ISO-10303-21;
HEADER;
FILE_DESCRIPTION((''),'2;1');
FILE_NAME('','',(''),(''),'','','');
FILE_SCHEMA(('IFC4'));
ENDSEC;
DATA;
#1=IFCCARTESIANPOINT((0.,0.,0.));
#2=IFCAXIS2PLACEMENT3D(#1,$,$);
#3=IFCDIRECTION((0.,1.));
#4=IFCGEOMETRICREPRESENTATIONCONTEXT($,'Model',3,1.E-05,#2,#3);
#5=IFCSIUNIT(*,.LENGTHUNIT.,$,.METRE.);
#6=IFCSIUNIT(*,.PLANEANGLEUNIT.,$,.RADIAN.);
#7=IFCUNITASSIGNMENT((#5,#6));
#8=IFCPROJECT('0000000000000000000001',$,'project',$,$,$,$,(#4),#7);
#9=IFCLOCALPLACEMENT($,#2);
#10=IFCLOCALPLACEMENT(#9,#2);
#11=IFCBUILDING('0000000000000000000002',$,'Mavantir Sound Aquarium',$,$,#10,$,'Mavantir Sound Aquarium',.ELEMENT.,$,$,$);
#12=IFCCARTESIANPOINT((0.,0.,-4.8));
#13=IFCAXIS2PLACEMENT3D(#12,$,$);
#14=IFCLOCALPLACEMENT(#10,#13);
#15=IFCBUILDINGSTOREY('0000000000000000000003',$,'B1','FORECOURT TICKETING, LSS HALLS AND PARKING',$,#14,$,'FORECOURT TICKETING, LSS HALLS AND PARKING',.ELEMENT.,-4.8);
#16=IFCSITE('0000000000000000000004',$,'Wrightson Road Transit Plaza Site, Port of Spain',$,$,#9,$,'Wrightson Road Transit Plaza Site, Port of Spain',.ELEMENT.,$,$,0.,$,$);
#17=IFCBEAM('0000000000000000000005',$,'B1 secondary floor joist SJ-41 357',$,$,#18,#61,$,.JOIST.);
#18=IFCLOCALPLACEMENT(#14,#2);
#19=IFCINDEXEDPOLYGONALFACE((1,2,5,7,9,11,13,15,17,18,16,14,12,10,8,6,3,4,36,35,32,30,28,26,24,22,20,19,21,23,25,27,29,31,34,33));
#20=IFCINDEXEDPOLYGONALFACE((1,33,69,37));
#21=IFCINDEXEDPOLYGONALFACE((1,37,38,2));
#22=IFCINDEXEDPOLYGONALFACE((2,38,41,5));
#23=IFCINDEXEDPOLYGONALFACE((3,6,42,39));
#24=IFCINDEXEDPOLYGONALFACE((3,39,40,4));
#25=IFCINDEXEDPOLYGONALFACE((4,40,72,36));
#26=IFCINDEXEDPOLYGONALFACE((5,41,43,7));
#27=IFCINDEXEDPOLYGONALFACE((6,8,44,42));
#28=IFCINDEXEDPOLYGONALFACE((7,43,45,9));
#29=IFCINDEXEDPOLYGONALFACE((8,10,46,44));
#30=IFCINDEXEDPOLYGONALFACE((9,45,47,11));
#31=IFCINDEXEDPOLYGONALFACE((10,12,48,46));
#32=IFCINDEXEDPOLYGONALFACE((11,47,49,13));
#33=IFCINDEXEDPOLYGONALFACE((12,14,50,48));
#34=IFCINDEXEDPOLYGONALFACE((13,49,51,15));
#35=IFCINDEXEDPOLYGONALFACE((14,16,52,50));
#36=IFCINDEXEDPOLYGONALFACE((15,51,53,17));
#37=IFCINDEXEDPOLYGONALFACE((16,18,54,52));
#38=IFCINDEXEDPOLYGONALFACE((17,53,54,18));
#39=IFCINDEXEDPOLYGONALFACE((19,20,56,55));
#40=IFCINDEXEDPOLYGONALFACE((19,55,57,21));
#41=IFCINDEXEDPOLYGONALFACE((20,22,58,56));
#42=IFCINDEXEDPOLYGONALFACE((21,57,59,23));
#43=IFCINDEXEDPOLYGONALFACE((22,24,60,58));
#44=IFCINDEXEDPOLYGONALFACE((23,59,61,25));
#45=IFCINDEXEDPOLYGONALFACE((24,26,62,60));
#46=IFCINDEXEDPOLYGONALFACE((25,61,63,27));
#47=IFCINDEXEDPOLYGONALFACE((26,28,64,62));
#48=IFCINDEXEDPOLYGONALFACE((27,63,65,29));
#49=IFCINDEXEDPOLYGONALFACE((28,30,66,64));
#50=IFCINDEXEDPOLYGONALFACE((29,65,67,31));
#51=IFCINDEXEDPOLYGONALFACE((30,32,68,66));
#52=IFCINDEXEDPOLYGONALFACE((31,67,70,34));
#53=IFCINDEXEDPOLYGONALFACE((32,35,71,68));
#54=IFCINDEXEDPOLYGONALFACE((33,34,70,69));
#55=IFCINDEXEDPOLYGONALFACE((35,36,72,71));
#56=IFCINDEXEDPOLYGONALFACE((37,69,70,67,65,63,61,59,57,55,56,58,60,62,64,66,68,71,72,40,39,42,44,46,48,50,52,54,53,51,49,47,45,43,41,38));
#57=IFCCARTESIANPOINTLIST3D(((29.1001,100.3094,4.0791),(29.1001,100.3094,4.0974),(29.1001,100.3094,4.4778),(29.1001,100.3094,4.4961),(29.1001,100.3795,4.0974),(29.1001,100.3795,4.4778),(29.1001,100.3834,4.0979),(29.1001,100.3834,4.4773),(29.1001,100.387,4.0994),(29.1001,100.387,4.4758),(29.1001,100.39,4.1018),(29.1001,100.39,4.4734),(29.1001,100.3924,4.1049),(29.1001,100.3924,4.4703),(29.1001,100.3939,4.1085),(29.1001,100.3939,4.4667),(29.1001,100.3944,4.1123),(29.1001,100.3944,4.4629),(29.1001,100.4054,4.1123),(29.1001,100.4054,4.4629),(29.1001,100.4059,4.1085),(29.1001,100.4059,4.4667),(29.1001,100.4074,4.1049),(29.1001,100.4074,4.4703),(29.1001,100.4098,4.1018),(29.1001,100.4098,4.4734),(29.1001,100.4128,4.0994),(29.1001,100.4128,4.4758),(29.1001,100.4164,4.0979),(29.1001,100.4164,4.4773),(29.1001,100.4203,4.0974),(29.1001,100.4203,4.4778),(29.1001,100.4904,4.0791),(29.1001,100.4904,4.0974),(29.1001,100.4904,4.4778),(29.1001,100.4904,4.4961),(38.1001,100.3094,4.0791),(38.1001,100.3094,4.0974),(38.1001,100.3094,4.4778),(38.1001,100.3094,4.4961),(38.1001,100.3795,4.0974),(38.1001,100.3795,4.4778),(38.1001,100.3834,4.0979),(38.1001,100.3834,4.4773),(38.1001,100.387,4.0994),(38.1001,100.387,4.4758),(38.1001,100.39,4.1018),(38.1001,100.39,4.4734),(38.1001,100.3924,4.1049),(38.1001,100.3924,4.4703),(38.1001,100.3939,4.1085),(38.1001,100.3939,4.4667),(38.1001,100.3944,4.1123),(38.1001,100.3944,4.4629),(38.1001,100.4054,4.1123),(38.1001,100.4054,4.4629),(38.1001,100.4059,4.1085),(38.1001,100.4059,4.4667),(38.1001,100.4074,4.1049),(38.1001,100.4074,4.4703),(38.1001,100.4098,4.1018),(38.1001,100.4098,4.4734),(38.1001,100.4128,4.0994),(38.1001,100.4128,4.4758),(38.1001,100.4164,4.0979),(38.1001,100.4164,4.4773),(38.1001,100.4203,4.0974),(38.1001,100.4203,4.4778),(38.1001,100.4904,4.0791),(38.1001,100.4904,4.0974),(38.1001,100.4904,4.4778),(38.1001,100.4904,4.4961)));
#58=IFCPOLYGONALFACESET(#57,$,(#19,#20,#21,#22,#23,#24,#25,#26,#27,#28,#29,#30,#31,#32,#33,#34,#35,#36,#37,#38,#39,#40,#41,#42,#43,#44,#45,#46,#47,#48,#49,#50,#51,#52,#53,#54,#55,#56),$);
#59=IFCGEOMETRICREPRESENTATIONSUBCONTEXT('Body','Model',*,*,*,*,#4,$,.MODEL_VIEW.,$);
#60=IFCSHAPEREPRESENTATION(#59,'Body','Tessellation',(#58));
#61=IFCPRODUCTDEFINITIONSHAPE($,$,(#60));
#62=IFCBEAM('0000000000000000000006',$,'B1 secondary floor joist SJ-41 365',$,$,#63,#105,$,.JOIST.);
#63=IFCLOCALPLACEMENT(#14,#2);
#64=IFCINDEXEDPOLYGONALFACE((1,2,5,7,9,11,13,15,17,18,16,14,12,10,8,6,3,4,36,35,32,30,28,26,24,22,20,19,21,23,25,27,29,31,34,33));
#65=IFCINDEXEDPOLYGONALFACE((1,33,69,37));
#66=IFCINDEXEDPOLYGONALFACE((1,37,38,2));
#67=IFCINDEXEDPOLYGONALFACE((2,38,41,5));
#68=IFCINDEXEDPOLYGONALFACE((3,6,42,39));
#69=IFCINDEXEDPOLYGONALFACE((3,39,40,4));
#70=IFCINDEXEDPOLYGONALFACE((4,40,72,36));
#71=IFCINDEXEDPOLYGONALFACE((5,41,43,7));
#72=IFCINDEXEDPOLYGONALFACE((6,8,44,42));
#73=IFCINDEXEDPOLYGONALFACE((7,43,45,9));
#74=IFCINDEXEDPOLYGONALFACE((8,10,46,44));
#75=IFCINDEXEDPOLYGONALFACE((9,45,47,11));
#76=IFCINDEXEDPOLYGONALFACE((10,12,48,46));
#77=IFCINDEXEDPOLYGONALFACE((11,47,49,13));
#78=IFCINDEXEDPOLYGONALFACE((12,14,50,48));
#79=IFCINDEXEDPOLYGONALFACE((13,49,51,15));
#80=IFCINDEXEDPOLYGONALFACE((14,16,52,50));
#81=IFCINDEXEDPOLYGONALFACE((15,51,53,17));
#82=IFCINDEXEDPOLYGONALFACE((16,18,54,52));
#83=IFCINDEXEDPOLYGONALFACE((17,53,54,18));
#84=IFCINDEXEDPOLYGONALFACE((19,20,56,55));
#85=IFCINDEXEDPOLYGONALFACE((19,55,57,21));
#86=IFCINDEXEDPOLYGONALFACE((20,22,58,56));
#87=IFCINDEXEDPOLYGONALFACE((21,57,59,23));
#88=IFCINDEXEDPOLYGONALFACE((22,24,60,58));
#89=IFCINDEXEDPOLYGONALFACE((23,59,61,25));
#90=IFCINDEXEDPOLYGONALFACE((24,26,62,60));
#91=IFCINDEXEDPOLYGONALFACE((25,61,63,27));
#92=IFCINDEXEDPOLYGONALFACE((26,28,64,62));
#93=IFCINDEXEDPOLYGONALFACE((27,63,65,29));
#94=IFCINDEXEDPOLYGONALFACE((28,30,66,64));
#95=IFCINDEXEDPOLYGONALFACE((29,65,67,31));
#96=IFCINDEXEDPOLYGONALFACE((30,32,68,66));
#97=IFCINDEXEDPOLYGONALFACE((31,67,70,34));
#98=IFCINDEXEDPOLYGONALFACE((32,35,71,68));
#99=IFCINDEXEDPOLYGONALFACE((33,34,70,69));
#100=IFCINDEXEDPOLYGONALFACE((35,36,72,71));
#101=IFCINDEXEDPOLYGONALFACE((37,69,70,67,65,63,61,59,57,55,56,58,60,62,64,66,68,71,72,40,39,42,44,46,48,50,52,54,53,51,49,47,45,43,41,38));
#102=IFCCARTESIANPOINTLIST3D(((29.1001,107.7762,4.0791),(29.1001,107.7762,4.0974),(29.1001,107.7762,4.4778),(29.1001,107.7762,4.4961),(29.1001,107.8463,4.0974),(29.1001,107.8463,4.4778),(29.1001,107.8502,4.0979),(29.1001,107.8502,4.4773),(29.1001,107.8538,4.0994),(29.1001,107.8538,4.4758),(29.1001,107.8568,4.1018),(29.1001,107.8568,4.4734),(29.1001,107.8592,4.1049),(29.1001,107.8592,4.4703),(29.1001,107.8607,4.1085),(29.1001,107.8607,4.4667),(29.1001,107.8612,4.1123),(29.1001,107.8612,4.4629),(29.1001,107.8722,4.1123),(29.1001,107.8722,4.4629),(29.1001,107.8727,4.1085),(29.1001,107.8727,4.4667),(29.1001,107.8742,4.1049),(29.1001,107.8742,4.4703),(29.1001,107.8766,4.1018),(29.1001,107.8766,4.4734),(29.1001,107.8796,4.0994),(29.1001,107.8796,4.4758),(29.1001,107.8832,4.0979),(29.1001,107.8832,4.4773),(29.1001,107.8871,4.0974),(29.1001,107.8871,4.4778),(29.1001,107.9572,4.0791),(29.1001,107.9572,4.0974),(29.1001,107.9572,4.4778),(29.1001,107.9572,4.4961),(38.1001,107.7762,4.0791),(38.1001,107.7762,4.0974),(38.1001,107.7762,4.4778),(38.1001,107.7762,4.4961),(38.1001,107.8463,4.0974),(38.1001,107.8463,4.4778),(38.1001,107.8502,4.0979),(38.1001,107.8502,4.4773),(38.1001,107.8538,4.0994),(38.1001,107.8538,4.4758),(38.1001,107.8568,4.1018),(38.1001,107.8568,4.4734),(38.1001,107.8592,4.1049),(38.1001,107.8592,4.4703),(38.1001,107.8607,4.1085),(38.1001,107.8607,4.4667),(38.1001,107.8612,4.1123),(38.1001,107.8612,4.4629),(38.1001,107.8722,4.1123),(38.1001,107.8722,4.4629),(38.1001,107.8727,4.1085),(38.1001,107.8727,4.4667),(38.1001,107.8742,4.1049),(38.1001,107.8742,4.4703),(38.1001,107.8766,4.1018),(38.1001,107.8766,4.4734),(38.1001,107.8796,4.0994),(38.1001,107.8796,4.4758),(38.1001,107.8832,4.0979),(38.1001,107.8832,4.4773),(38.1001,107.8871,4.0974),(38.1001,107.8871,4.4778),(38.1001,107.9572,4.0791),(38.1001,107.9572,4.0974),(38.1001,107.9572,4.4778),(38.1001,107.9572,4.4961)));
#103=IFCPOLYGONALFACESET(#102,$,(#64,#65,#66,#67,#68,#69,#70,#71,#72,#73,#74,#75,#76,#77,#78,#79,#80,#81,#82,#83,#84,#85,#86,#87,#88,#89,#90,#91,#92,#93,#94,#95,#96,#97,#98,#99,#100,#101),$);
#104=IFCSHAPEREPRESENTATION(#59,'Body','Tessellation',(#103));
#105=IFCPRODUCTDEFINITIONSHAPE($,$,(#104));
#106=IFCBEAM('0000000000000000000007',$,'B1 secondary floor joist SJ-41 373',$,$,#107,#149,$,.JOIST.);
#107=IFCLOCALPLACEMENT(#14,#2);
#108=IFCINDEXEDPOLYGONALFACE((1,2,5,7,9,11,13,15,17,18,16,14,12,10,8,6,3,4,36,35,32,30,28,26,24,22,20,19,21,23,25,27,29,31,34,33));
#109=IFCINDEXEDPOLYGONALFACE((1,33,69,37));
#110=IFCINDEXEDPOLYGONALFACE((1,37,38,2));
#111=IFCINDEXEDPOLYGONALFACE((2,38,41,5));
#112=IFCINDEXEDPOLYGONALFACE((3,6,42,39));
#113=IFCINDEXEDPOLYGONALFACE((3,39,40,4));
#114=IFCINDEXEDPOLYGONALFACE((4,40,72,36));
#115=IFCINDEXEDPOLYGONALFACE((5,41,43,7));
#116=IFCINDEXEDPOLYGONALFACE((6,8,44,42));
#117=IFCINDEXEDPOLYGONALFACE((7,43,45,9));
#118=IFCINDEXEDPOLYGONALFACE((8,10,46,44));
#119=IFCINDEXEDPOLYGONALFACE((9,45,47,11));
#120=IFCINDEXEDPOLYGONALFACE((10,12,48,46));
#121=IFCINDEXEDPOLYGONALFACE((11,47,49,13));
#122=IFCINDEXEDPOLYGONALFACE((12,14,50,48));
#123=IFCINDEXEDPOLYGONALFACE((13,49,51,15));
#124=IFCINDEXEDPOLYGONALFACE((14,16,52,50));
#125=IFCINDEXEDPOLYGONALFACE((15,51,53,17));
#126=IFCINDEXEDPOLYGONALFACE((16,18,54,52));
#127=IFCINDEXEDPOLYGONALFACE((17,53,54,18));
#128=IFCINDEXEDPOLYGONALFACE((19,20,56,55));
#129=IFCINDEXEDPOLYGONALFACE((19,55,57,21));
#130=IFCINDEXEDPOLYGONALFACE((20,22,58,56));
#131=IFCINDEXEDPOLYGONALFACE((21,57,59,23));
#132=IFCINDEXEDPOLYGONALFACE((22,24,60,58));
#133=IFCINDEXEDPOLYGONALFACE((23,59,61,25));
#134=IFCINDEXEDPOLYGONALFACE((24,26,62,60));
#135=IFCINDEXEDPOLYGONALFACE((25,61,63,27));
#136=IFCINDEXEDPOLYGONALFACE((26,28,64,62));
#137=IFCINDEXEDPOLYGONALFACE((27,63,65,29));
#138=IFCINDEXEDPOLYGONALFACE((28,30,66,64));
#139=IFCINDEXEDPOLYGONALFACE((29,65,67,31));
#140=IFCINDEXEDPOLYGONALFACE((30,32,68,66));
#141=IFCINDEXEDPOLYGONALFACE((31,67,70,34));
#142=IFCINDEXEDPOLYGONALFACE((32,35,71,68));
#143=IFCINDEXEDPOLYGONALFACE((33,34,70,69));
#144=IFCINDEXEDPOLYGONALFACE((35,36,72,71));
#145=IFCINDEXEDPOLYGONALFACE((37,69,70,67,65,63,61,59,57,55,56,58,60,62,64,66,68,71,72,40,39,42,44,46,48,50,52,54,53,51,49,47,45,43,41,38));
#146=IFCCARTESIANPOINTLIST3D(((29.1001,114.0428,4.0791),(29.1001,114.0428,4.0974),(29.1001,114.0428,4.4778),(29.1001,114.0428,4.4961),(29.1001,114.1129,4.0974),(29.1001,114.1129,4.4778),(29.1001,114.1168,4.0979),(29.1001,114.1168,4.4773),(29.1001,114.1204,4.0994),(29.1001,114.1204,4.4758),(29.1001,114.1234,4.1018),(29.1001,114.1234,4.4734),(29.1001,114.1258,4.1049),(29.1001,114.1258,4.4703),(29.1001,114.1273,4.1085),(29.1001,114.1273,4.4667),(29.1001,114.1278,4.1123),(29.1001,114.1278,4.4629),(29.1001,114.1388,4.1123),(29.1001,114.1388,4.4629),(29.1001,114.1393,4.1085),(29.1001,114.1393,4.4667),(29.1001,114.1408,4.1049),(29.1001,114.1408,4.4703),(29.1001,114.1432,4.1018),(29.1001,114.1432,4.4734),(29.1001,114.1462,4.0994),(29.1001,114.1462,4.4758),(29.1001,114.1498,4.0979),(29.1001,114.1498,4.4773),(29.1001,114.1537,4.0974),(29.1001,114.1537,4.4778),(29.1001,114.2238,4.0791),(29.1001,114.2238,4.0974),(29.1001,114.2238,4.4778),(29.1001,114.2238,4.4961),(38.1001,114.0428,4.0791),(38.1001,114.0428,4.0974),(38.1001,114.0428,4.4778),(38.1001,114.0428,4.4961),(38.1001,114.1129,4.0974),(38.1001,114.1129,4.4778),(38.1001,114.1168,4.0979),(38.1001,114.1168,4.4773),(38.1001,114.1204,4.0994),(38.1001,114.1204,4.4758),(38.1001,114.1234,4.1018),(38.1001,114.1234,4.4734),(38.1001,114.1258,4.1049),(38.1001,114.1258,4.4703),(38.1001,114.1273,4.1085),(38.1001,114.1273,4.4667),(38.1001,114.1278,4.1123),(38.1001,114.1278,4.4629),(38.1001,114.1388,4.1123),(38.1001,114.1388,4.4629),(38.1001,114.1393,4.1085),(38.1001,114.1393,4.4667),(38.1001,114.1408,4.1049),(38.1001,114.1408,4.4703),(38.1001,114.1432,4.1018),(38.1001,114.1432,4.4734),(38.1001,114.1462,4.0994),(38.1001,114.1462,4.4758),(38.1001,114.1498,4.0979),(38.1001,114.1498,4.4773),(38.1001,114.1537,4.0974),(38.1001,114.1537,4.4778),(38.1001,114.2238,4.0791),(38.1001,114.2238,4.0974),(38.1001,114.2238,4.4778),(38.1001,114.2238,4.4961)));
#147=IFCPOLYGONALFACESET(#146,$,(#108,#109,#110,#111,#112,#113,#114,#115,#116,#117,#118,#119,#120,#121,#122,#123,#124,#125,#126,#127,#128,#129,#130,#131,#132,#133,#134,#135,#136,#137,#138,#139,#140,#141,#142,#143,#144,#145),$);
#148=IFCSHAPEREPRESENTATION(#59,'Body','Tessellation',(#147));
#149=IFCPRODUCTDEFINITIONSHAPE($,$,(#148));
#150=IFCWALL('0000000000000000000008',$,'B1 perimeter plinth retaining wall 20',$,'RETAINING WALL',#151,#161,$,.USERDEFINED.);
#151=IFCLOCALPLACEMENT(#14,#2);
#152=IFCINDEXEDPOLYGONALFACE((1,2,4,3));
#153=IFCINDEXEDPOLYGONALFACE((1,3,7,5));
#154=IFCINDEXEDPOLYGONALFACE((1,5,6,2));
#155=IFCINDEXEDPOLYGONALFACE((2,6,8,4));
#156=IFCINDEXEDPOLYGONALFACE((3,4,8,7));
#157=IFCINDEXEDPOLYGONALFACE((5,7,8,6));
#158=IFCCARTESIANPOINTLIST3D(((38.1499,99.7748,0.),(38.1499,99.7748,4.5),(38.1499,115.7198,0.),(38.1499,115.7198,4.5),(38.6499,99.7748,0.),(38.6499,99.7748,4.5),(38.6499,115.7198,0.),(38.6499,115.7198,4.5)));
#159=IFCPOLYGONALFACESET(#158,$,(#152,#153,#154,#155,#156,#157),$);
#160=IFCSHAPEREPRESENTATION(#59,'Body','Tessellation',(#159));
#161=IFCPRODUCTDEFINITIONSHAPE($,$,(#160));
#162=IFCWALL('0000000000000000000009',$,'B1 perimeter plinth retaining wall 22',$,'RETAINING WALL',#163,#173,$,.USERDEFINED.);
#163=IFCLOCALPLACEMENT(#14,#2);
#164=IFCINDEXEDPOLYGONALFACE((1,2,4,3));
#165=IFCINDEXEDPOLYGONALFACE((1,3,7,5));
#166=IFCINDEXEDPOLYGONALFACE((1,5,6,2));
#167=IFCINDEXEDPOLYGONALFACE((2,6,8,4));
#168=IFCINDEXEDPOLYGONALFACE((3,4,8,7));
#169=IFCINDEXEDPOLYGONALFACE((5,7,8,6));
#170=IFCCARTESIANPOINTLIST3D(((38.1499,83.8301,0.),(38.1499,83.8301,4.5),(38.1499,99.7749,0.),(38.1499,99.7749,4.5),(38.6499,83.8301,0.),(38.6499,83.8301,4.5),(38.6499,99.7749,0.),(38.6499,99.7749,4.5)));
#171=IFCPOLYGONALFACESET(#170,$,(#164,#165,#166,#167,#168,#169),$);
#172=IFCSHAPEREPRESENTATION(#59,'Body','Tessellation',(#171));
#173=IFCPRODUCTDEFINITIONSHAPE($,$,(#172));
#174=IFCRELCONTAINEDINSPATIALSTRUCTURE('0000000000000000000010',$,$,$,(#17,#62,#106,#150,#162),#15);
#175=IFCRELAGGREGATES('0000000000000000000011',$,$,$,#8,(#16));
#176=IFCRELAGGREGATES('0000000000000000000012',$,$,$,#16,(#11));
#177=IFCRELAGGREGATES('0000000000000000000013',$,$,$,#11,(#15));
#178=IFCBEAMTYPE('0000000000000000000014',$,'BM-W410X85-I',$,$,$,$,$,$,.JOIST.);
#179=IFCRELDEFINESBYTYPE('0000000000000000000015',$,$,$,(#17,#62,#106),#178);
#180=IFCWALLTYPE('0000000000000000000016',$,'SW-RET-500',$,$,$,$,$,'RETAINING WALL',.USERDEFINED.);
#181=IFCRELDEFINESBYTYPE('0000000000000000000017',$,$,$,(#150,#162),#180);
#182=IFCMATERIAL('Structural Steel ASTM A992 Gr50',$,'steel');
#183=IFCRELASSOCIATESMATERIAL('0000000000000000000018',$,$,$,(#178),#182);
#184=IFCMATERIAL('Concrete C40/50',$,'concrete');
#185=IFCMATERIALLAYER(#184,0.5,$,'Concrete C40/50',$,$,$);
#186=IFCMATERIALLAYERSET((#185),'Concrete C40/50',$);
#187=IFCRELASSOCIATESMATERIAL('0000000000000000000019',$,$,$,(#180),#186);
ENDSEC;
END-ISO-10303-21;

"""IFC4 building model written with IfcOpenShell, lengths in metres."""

from ifc_helpers import new_model, si_unit, direction, frame, frame_2d, origin, origin_2d, place, context, subcontext, project, spatial, rectangle, i_section, extrude, material, layer, layer_set, material_profile, profile_set, type_object, element, save


model = new_model("IFC4")

# Units and contexts
model_context = context("Model", 3, precision=1e-05, world=origin(), true_north=direction((0.0, 1.0)))
body_context = subcontext(model_context, "Body", "Model", "MODEL_VIEW")
ifc_project = project(units=[si_unit("LENGTHUNIT", "METRE"), si_unit("PLANEANGLEUNIT", "RADIAN")], contexts=[model_context])

# Site, building, storey
site_placement = place(None, origin())
site = spatial("IfcSite", under=ifc_project, at=site_placement, Name="Wrightson Road Transit Plaza Site, Port of Spain", LongName="Wrightson Road Transit Plaza Site, Port of Spain", CompositionType="ELEMENT", RefElevation=0.0)
building_placement = place(site_placement, origin())
building = spatial("IfcBuilding", under=site, at=building_placement, Name="Mavantir Sound Aquarium", LongName="Mavantir Sound Aquarium", CompositionType="ELEMENT")
storey_placement = place(building_placement, frame((0.0, 0.0, -4.8)))
storey = spatial("IfcBuildingStorey", under=building, at=storey_placement, Name="B1", Description="FORECOURT TICKETING, LSS HALLS AND PARKING", LongName="FORECOURT TICKETING, LSS HALLS AND PARKING", CompositionType="ELEMENT", Elevation=-4.8)

# Shared definitions
ifc_material_1 = material(Name="Concrete C40/50", Category="concrete")

# Beams
ifc_material_2 = material(Name="Structural Steel ASTM A992 Gr50", Category="steel")
ifc_material_profile_1 = material_profile(ifc_material_2, i_section(OverallWidth=0.1809, OverallDepth=0.417, WebThickness=0.011, FlangeThickness=0.0183, FilletRadius=0.0149, at=origin_2d()), Name="W410X85")
ifc_profile_set_1 = profile_set([ifc_material_profile_1], Name="Structural Steel ASTM A992 Gr50")
beam_type_1 = type_object("IfcBeamType", Name="BM-W410X85-I", PredefinedType="JOIST", material=ifc_profile_set_1)
for number, where, z_axis, x_axis, name in (
    (1, (29.1001, 100.3999, 4.2876), (1.0, 0.0, 0.0), (0.0, 1.0, 0.0), "B1 secondary floor joist SJ-41 357"),
    (2, (29.1001, 107.8667, 4.2876), (1.0, 0.0, 0.0), (0.0, 1.0, 0.0), "B1 secondary floor joist SJ-41 365"),
    (3, (29.1001, 114.1333, 4.2876), (1.0, 0.0, 0.0), (0.0, 1.0, 0.0), "B1 secondary floor joist SJ-41 373"),
):
    element("IfcBeam", number, at=place(storey_placement, frame(where, z_axis=z_axis, x_axis=x_axis)), inside=storey, type_object=beam_type_1, Name=name, PredefinedType="JOIST", context=body_context, shape_type="SweptSolid", body=[
        extrude(i_section(OverallWidth=0.1809, OverallDepth=0.417, WebThickness=0.011, FlangeThickness=0.0183, FilletRadius=0.0149, at=origin_2d()), origin(), (0.0, 0.0, 1.0), 9.0),
    ])

# Walls
ifc_layer = layer(ifc_material_1, 0.5, Name="Concrete C40/50")
ifc_layer_set = layer_set([ifc_layer], Name="Concrete C40/50")
wall_type = type_object("IfcWallType", Name="SW-RET-500", ElementType="RETAINING WALL", PredefinedType="USERDEFINED", material=ifc_layer_set)
wall_1_placement = place(storey_placement, frame((38.3999, 115.72, 0.0), z_axis=(0.0, 0.0, 1.0), x_axis=(0.0, -1.0, 0.0)))
element("IfcWall", 4, at=wall_1_placement, inside=storey, type_object=wall_type, Name="B1 perimeter plinth retaining wall 20", ObjectType="RETAINING WALL", PredefinedType="USERDEFINED", context=body_context, shape_type="SweptSolid", body=[
    extrude(rectangle(XDim=15.9451, YDim=0.5, at=frame_2d((7.9727, 0.0))), origin(), (0.0, 0.0, 1.0), 4.5),
])
wall_2_placement = place(storey_placement, frame((38.3999, 99.7749, 0.0), z_axis=(0.0, 0.0, 1.0), x_axis=(0.0, -1.0, 0.0)))
element("IfcWall", 5, at=wall_2_placement, inside=storey, type_object=wall_type, Name="B1 perimeter plinth retaining wall 22", ObjectType="RETAINING WALL", PredefinedType="USERDEFINED", context=body_context, shape_type="SweptSolid", body=[
    extrude(rectangle(XDim=15.9448, YDim=0.5, at=frame_2d((7.9724, 0.0))), origin(), (0.0, 0.0, 1.0), 4.5),
])

save(model, "model.ifc")
